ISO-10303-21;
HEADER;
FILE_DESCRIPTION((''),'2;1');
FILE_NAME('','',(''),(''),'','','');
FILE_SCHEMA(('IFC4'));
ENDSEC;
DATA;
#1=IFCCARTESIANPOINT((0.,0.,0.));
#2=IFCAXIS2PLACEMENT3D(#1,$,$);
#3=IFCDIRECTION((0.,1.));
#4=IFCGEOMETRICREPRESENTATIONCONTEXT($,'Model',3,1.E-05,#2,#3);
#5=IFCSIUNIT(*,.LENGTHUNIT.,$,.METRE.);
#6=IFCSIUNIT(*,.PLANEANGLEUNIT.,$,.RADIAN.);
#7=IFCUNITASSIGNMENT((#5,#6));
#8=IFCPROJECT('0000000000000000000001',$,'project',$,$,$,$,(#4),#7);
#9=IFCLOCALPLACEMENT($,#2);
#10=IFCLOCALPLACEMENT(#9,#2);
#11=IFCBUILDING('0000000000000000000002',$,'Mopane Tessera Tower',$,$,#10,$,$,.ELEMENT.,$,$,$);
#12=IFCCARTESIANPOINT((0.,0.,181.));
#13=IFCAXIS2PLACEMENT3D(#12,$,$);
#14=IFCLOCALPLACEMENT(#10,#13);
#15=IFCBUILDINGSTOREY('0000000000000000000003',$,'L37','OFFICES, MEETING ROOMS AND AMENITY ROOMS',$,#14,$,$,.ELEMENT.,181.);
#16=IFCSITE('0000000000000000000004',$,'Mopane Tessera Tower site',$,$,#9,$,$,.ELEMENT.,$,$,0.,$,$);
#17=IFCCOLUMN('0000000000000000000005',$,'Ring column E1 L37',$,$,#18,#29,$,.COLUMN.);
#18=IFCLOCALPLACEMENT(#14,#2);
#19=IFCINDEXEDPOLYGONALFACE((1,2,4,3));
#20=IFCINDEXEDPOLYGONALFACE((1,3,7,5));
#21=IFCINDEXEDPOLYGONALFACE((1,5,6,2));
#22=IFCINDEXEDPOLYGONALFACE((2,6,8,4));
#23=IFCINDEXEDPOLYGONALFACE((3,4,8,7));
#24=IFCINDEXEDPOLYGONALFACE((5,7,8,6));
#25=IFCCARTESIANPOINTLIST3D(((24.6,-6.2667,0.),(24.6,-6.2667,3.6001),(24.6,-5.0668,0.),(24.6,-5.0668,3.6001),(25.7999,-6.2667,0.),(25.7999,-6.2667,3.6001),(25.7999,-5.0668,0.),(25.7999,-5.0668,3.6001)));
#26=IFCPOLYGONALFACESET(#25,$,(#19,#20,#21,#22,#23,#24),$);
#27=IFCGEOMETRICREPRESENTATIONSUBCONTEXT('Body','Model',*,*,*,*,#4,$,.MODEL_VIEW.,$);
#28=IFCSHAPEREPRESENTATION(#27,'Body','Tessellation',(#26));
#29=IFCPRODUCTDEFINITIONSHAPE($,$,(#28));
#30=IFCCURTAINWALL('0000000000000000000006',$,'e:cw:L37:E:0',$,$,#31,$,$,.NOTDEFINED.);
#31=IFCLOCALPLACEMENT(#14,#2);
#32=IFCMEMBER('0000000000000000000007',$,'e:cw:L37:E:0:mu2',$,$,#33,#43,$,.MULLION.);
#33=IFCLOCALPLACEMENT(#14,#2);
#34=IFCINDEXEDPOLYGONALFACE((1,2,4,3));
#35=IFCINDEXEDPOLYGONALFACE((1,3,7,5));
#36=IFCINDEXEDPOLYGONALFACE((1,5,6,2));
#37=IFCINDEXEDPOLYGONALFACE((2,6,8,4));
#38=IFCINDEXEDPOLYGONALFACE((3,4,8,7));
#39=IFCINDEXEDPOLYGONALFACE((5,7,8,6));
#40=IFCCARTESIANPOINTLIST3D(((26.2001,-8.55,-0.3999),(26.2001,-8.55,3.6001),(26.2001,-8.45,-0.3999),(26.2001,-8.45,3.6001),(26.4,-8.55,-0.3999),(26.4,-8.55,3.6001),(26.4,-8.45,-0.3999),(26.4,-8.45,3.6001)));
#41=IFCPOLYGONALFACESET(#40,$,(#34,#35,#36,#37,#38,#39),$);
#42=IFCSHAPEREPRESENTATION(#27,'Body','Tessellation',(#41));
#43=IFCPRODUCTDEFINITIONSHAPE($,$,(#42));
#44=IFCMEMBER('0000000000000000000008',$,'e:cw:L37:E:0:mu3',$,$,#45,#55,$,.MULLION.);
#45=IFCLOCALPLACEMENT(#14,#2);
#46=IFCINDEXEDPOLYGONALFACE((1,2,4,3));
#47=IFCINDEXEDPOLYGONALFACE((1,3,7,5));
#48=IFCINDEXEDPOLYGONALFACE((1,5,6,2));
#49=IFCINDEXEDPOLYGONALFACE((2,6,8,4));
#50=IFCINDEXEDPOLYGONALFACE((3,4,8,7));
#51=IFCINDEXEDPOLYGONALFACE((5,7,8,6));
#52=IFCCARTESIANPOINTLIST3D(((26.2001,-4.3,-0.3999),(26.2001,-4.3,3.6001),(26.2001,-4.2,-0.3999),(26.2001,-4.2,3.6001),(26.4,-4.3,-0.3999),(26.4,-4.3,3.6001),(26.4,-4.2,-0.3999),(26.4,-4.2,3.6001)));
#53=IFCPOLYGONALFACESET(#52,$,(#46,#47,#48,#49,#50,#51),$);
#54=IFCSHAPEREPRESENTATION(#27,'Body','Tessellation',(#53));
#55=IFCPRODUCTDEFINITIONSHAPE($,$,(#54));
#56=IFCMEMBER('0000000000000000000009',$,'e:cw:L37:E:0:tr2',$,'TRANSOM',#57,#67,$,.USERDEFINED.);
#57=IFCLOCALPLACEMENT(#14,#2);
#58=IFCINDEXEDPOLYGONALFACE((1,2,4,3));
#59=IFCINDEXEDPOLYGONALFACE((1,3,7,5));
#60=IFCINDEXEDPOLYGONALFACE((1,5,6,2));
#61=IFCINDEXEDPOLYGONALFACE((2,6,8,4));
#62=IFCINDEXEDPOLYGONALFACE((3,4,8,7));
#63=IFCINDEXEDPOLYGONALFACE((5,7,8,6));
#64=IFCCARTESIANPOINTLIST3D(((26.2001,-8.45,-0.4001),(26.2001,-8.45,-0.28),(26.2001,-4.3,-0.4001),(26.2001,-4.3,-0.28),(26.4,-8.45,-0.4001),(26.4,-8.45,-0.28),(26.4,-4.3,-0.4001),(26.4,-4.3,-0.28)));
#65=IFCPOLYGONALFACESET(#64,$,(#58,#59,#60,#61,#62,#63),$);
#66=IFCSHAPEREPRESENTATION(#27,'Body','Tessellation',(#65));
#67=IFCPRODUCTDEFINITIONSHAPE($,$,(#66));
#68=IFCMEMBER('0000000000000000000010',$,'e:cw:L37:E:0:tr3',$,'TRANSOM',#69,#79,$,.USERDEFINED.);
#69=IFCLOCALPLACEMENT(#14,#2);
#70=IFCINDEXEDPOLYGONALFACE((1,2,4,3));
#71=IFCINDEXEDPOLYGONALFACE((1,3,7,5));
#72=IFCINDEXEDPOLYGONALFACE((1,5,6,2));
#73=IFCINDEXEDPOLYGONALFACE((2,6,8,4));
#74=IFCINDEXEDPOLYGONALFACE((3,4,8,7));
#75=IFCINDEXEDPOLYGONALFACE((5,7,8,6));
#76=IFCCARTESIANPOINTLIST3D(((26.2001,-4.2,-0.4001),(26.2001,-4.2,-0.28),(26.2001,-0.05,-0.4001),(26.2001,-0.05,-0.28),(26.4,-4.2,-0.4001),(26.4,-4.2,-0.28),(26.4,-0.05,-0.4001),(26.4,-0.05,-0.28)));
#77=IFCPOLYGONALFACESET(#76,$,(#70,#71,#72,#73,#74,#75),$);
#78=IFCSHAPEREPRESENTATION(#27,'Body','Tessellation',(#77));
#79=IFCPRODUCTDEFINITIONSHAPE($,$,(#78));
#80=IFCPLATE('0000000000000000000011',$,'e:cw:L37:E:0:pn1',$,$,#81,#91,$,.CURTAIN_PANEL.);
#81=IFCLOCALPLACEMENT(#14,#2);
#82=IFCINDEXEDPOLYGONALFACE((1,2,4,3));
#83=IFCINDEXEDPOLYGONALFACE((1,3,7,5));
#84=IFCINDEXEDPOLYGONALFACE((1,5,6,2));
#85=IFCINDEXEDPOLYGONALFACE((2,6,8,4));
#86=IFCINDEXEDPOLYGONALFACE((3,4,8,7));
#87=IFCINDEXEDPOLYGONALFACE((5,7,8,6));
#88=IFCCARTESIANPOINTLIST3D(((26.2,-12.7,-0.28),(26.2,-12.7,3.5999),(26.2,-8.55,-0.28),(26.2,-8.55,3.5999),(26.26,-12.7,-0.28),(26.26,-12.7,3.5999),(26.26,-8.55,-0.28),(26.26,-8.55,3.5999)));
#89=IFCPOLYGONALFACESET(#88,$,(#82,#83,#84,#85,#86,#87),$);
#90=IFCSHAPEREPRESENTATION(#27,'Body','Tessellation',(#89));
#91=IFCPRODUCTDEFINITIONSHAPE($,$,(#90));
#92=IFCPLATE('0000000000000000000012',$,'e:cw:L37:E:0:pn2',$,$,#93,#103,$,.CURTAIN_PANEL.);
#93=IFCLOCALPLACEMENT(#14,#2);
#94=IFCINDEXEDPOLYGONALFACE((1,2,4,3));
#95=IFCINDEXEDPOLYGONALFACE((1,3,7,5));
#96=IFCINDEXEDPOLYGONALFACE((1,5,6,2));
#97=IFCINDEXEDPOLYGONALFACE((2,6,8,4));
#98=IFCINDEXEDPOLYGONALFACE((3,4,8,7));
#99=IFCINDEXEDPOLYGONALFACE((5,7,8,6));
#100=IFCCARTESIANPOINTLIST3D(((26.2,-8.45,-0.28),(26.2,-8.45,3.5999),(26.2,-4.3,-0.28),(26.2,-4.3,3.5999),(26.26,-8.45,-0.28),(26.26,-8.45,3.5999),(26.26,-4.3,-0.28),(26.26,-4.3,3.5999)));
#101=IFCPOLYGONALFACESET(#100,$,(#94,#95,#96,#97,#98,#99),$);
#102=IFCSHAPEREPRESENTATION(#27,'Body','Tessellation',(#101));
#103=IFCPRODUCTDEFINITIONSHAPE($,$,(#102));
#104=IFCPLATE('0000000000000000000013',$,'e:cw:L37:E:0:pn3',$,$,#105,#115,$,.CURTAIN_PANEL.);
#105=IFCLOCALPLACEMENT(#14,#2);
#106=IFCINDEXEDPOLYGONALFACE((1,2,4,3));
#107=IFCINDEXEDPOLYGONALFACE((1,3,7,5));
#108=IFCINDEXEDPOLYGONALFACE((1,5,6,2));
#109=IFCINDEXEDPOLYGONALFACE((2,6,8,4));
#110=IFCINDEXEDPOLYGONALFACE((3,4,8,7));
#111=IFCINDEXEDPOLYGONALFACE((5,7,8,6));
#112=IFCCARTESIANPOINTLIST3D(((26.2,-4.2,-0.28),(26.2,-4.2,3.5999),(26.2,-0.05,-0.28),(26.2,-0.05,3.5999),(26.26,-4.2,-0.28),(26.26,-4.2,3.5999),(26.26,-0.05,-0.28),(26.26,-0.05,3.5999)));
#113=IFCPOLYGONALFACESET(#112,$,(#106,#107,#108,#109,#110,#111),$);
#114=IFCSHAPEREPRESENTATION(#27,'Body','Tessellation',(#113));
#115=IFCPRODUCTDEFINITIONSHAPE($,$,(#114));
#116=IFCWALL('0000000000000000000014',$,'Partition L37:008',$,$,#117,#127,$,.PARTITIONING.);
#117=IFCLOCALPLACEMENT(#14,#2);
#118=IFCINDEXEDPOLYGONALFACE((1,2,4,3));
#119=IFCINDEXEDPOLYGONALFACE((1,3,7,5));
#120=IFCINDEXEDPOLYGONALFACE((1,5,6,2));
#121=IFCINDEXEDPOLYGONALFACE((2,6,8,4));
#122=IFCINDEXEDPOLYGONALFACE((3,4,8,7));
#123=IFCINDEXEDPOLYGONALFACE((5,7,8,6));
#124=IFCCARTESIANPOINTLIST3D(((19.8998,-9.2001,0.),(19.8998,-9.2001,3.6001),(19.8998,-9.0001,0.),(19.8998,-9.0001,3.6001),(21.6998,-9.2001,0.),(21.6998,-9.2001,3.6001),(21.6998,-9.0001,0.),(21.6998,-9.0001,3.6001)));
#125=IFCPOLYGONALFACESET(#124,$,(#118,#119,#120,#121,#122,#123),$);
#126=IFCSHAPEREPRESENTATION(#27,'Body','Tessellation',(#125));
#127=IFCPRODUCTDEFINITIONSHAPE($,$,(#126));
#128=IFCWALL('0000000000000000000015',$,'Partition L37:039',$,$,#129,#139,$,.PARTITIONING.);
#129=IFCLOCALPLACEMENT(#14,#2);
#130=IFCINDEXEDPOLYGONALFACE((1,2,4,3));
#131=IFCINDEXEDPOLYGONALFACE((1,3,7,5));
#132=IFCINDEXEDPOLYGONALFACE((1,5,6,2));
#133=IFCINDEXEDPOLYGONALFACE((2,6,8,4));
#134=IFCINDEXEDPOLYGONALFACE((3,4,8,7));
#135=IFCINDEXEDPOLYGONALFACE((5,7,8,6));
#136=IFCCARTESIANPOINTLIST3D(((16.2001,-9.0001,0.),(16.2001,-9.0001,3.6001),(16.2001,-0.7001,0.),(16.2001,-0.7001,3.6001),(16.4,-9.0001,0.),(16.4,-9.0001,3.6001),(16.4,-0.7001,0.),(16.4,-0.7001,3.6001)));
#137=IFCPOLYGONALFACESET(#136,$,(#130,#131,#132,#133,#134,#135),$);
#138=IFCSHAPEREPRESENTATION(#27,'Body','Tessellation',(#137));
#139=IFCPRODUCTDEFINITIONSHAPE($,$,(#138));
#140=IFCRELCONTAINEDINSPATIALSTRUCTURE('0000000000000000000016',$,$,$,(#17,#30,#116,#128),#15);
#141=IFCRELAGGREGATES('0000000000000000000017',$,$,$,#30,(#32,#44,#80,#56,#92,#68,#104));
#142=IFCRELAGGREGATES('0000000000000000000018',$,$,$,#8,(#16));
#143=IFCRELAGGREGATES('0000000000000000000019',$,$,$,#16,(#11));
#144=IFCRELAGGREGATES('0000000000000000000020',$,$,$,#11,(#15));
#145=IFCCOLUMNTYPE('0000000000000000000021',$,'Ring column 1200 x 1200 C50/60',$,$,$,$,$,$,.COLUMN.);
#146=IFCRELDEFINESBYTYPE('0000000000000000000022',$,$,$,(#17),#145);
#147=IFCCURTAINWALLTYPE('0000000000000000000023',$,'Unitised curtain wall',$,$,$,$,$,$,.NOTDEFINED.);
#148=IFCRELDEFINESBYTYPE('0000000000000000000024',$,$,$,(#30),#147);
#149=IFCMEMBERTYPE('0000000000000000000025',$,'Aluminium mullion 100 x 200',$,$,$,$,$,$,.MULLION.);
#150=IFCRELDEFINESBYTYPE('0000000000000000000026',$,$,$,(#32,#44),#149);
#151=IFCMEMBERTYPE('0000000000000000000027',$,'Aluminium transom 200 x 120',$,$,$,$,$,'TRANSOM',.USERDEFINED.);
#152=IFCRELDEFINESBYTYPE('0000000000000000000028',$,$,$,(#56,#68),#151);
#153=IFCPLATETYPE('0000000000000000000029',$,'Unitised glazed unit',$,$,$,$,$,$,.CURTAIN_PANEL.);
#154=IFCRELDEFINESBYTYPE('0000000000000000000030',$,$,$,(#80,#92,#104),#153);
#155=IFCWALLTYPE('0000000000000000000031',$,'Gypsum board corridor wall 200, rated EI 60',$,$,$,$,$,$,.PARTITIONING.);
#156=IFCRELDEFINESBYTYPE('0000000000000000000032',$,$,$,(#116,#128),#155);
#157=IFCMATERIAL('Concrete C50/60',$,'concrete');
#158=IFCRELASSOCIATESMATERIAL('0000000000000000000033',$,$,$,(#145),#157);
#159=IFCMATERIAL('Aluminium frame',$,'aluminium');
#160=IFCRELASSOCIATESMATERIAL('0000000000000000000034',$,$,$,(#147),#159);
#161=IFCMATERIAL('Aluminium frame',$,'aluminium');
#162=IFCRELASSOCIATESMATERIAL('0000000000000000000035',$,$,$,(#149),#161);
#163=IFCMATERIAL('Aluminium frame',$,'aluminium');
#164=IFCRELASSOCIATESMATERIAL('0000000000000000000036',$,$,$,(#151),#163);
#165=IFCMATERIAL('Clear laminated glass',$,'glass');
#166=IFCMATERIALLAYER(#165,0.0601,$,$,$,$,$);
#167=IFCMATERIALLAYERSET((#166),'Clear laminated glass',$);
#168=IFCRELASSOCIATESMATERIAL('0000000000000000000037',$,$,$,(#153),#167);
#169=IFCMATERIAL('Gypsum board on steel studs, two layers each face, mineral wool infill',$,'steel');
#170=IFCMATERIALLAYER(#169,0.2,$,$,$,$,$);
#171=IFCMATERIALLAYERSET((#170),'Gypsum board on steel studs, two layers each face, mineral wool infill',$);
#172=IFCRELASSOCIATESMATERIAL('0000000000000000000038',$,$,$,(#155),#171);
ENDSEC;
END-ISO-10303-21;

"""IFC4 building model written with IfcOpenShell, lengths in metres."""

from ifc_helpers import new_model, si_unit, direction, frame, frame_2d, origin, origin_2d, place, context, subcontext, project, spatial, rectangle, extrude, material, layer, layer_set, material_profile, profile_set, type_object, element, aggregate, save


model = new_model("IFC4")

# Units and contexts
model_context = context("Model", 3, precision=1e-05, world=origin(), true_north=direction((0.0, 1.0)))
body_context = subcontext(model_context, "Body", "Model", "MODEL_VIEW")
ifc_project = project(units=[si_unit("LENGTHUNIT", "METRE"), si_unit("PLANEANGLEUNIT", "RADIAN")], contexts=[model_context])

# Site, building, storey
site_placement = place(None, origin())
site = spatial("IfcSite", under=ifc_project, at=site_placement, Name="Mopane Tessera Tower site", CompositionType="ELEMENT", RefElevation=0.0)
building_placement = place(site_placement, origin())
building = spatial("IfcBuilding", under=site, at=building_placement, Name="Mopane Tessera Tower", CompositionType="ELEMENT")
storey_placement = place(building_placement, frame((0.0, 0.0, 181.0)))
storey = spatial("IfcBuildingStorey", under=building, at=storey_placement, Name="L37", Description="OFFICES, MEETING ROOMS AND AMENITY ROOMS", CompositionType="ELEMENT", Elevation=181.0)

# Column
ifc_material_1 = material(Name="Concrete C50/60", Category="concrete")
ifc_material_profile_1 = material_profile(ifc_material_1, rectangle(XDim=1.2, YDim=1.2, at=origin_2d()))
ifc_profile_set_1 = profile_set([ifc_material_profile_1], Name="Concrete C50/60")
column_type = type_object("IfcColumnType", Name="Ring column 1200 x 1200 C50/60", PredefinedType="COLUMN", material=ifc_profile_set_1)
column_placement = place(storey_placement, frame((25.2, -5.6667, 0.0), z_axis=(0.0, 0.0, 1.0), x_axis=(1.0, 0.0, 0.0)))
element("IfcColumn", 1, at=column_placement, inside=storey, type_object=column_type, Name="Ring column E1 L37", PredefinedType="COLUMN", context=body_context, shape_type="SweptSolid", body=[
    extrude(rectangle(XDim=1.2, YDim=1.2, at=origin_2d()), origin(), (0.0, 0.0, 1.0), 3.6001),
])

# Curtain wall, members, plates
ifc_material_2 = material(Name="Aluminium frame", Category="aluminium")
curtain_wall_type = type_object("IfcCurtainWallType", Name="Unitised curtain wall", PredefinedType="NOTDEFINED", material=ifc_material_2)
curtain_wall_placement = place(storey_placement, origin())
curtain_wall = element("IfcCurtainWall", 2, at=curtain_wall_placement, inside=storey, type_object=curtain_wall_type, Name="e:cw:L37:E:0", PredefinedType="NOTDEFINED")
ifc_material_3 = material(Name="Aluminium frame", Category="aluminium")
ifc_material_profile_2 = material_profile(ifc_material_3, rectangle(XDim=0.1001, YDim=0.2, at=origin_2d()))
ifc_profile_set_2 = profile_set([ifc_material_profile_2], Name="Aluminium frame")
member_type_1 = type_object("IfcMemberType", Name="Aluminium mullion 100 x 200", PredefinedType="MULLION", material=ifc_profile_set_2)
member_1_placement = place(storey_placement, frame((26.3, -8.5, -0.3999), z_axis=(0.0, 0.0, 1.0), x_axis=(0.0, 1.0, 0.0)))
member_1 = element("IfcMember", 3, at=member_1_placement, type_object=member_type_1, Name="e:cw:L37:E:0:mu2", PredefinedType="MULLION", context=body_context, shape_type="SweptSolid", body=[
    extrude(rectangle(XDim=0.1001, YDim=0.2, at=origin_2d()), origin(), (0.0, 0.0, 1.0), 4.0),
])
member_2_placement = place(storey_placement, frame((26.3, -4.25, -0.3999), z_axis=(0.0, 0.0, 1.0), x_axis=(0.0, 1.0, 0.0)))
member_2 = element("IfcMember", 4, at=member_2_placement, type_object=member_type_1, Name="e:cw:L37:E:0:mu3", PredefinedType="MULLION", context=body_context, shape_type="SweptSolid", body=[
    extrude(rectangle(XDim=0.1001, YDim=0.2, at=origin_2d()), origin(), (0.0, 0.0, 1.0), 4.0),
])
ifc_material_4 = material(Name="Aluminium frame", Category="aluminium")
ifc_material_profile_3 = material_profile(ifc_material_4, rectangle(XDim=0.2, YDim=0.1201, at=origin_2d()))
ifc_profile_set_3 = profile_set([ifc_material_profile_3], Name="Aluminium frame")
member_type_2 = type_object("IfcMemberType", Name="Aluminium transom 200 x 120", ElementType="TRANSOM", PredefinedType="USERDEFINED", material=ifc_profile_set_3)
member_3_placement = place(storey_placement, frame((26.3, -8.45, -0.3401), z_axis=(0.0, 1.0, 0.0), x_axis=(-1.0, 0.0, 0.0)))
member_3 = element("IfcMember", 5, at=member_3_placement, type_object=member_type_2, Name="e:cw:L37:E:0:tr2", ObjectType="TRANSOM", PredefinedType="USERDEFINED", context=body_context, shape_type="SweptSolid", body=[
    extrude(rectangle(XDim=0.2, YDim=0.1201, at=origin_2d()), origin(), (0.0, 0.0, 1.0), 4.1499),
])
member_4_placement = place(storey_placement, frame((26.3, -4.2, -0.3401), z_axis=(0.0, 1.0, 0.0), x_axis=(-1.0, 0.0, 0.0)))
member_4 = element("IfcMember", 6, at=member_4_placement, type_object=member_type_2, Name="e:cw:L37:E:0:tr3", ObjectType="TRANSOM", PredefinedType="USERDEFINED", context=body_context, shape_type="SweptSolid", body=[
    extrude(rectangle(XDim=0.2, YDim=0.1201, at=origin_2d()), origin(), (0.0, 0.0, 1.0), 4.1499),
])
ifc_material_5 = material(Name="Clear laminated glass", Category="glass")
ifc_layer_1 = layer(ifc_material_5, 0.0601)
ifc_layer_set_1 = layer_set([ifc_layer_1], Name="Clear laminated glass")
plate_type = type_object("IfcPlateType", Name="Unitised glazed unit", PredefinedType="CURTAIN_PANEL", material=ifc_layer_set_1)
plate_1_placement = place(storey_placement, frame((26.23, -10.625, -0.28), z_axis=(0.0, 0.0, 1.0), x_axis=(0.0, 1.0, 0.0)))
plate_1 = element("IfcPlate", 7, at=plate_1_placement, type_object=plate_type, Name="e:cw:L37:E:0:pn1", PredefinedType="CURTAIN_PANEL", context=body_context, shape_type="SweptSolid", body=[
    extrude(rectangle(XDim=4.1499, YDim=0.0601, at=origin_2d()), origin(), (0.0, 0.0, 1.0), 3.8799),
])
plate_2_placement = place(storey_placement, frame((26.23, -6.375, -0.28), z_axis=(0.0, 0.0, 1.0), x_axis=(0.0, 1.0, 0.0)))
plate_2 = element("IfcPlate", 8, at=plate_2_placement, type_object=plate_type, Name="e:cw:L37:E:0:pn2", PredefinedType="CURTAIN_PANEL", context=body_context, shape_type="SweptSolid", body=[
    extrude(rectangle(XDim=4.1499, YDim=0.0601, at=origin_2d()), origin(), (0.0, 0.0, 1.0), 3.8799),
])
plate_3_placement = place(storey_placement, frame((26.23, -2.125, -0.28), z_axis=(0.0, 0.0, 1.0), x_axis=(0.0, 1.0, 0.0)))
plate_3 = element("IfcPlate", 9, at=plate_3_placement, type_object=plate_type, Name="e:cw:L37:E:0:pn3", PredefinedType="CURTAIN_PANEL", context=body_context, shape_type="SweptSolid", body=[
    extrude(rectangle(XDim=4.1499, YDim=0.0601, at=origin_2d()), origin(), (0.0, 0.0, 1.0), 3.8799),
])
aggregate(curtain_wall, [member_1, member_2, plate_1, member_3, plate_2, member_4, plate_3])

# Walls
ifc_material_6 = material(Name="Gypsum board on steel studs, two layers each face, mineral wool infill", Category="steel")
ifc_layer_2 = layer(ifc_material_6, 0.2)
ifc_layer_set_2 = layer_set([ifc_layer_2], Name="Gypsum board on steel studs, two layers each face, mineral wool infill")
wall_type_1 = type_object("IfcWallType", Name="Gypsum board corridor wall 200, rated EI 60", PredefinedType="PARTITIONING", material=ifc_layer_set_2)
wall_1_placement = place(storey_placement, frame((19.8999, -9.1001, 0.0), z_axis=(0.0, 0.0, 1.0), x_axis=(1.0, 0.0, 0.0)))
element("IfcWall", 10, at=wall_1_placement, inside=storey, type_object=wall_type_1, Name="Partition L37:008", PredefinedType="PARTITIONING", context=body_context, shape_type="SweptSolid", body=[
    extrude(rectangle(XDim=1.8, YDim=0.2, at=frame_2d((0.8999, 0.0))), origin(), (0.0, 0.0, 1.0), 3.6001),
])
wall_2_placement = place(storey_placement, frame((16.3, -9.0, 0.0), z_axis=(0.0, 0.0, 1.0), x_axis=(0.0, 1.0, 0.0)))
element("IfcWall", 11, at=wall_2_placement, inside=storey, type_object=wall_type_1, Name="Partition L37:039", PredefinedType="PARTITIONING", context=body_context, shape_type="SweptSolid", body=[
    extrude(rectangle(XDim=8.3, YDim=0.2, at=frame_2d((4.1499, 0.0))), origin(), (0.0, 0.0, 1.0), 3.6001),
])

save(model, "model.ifc")
